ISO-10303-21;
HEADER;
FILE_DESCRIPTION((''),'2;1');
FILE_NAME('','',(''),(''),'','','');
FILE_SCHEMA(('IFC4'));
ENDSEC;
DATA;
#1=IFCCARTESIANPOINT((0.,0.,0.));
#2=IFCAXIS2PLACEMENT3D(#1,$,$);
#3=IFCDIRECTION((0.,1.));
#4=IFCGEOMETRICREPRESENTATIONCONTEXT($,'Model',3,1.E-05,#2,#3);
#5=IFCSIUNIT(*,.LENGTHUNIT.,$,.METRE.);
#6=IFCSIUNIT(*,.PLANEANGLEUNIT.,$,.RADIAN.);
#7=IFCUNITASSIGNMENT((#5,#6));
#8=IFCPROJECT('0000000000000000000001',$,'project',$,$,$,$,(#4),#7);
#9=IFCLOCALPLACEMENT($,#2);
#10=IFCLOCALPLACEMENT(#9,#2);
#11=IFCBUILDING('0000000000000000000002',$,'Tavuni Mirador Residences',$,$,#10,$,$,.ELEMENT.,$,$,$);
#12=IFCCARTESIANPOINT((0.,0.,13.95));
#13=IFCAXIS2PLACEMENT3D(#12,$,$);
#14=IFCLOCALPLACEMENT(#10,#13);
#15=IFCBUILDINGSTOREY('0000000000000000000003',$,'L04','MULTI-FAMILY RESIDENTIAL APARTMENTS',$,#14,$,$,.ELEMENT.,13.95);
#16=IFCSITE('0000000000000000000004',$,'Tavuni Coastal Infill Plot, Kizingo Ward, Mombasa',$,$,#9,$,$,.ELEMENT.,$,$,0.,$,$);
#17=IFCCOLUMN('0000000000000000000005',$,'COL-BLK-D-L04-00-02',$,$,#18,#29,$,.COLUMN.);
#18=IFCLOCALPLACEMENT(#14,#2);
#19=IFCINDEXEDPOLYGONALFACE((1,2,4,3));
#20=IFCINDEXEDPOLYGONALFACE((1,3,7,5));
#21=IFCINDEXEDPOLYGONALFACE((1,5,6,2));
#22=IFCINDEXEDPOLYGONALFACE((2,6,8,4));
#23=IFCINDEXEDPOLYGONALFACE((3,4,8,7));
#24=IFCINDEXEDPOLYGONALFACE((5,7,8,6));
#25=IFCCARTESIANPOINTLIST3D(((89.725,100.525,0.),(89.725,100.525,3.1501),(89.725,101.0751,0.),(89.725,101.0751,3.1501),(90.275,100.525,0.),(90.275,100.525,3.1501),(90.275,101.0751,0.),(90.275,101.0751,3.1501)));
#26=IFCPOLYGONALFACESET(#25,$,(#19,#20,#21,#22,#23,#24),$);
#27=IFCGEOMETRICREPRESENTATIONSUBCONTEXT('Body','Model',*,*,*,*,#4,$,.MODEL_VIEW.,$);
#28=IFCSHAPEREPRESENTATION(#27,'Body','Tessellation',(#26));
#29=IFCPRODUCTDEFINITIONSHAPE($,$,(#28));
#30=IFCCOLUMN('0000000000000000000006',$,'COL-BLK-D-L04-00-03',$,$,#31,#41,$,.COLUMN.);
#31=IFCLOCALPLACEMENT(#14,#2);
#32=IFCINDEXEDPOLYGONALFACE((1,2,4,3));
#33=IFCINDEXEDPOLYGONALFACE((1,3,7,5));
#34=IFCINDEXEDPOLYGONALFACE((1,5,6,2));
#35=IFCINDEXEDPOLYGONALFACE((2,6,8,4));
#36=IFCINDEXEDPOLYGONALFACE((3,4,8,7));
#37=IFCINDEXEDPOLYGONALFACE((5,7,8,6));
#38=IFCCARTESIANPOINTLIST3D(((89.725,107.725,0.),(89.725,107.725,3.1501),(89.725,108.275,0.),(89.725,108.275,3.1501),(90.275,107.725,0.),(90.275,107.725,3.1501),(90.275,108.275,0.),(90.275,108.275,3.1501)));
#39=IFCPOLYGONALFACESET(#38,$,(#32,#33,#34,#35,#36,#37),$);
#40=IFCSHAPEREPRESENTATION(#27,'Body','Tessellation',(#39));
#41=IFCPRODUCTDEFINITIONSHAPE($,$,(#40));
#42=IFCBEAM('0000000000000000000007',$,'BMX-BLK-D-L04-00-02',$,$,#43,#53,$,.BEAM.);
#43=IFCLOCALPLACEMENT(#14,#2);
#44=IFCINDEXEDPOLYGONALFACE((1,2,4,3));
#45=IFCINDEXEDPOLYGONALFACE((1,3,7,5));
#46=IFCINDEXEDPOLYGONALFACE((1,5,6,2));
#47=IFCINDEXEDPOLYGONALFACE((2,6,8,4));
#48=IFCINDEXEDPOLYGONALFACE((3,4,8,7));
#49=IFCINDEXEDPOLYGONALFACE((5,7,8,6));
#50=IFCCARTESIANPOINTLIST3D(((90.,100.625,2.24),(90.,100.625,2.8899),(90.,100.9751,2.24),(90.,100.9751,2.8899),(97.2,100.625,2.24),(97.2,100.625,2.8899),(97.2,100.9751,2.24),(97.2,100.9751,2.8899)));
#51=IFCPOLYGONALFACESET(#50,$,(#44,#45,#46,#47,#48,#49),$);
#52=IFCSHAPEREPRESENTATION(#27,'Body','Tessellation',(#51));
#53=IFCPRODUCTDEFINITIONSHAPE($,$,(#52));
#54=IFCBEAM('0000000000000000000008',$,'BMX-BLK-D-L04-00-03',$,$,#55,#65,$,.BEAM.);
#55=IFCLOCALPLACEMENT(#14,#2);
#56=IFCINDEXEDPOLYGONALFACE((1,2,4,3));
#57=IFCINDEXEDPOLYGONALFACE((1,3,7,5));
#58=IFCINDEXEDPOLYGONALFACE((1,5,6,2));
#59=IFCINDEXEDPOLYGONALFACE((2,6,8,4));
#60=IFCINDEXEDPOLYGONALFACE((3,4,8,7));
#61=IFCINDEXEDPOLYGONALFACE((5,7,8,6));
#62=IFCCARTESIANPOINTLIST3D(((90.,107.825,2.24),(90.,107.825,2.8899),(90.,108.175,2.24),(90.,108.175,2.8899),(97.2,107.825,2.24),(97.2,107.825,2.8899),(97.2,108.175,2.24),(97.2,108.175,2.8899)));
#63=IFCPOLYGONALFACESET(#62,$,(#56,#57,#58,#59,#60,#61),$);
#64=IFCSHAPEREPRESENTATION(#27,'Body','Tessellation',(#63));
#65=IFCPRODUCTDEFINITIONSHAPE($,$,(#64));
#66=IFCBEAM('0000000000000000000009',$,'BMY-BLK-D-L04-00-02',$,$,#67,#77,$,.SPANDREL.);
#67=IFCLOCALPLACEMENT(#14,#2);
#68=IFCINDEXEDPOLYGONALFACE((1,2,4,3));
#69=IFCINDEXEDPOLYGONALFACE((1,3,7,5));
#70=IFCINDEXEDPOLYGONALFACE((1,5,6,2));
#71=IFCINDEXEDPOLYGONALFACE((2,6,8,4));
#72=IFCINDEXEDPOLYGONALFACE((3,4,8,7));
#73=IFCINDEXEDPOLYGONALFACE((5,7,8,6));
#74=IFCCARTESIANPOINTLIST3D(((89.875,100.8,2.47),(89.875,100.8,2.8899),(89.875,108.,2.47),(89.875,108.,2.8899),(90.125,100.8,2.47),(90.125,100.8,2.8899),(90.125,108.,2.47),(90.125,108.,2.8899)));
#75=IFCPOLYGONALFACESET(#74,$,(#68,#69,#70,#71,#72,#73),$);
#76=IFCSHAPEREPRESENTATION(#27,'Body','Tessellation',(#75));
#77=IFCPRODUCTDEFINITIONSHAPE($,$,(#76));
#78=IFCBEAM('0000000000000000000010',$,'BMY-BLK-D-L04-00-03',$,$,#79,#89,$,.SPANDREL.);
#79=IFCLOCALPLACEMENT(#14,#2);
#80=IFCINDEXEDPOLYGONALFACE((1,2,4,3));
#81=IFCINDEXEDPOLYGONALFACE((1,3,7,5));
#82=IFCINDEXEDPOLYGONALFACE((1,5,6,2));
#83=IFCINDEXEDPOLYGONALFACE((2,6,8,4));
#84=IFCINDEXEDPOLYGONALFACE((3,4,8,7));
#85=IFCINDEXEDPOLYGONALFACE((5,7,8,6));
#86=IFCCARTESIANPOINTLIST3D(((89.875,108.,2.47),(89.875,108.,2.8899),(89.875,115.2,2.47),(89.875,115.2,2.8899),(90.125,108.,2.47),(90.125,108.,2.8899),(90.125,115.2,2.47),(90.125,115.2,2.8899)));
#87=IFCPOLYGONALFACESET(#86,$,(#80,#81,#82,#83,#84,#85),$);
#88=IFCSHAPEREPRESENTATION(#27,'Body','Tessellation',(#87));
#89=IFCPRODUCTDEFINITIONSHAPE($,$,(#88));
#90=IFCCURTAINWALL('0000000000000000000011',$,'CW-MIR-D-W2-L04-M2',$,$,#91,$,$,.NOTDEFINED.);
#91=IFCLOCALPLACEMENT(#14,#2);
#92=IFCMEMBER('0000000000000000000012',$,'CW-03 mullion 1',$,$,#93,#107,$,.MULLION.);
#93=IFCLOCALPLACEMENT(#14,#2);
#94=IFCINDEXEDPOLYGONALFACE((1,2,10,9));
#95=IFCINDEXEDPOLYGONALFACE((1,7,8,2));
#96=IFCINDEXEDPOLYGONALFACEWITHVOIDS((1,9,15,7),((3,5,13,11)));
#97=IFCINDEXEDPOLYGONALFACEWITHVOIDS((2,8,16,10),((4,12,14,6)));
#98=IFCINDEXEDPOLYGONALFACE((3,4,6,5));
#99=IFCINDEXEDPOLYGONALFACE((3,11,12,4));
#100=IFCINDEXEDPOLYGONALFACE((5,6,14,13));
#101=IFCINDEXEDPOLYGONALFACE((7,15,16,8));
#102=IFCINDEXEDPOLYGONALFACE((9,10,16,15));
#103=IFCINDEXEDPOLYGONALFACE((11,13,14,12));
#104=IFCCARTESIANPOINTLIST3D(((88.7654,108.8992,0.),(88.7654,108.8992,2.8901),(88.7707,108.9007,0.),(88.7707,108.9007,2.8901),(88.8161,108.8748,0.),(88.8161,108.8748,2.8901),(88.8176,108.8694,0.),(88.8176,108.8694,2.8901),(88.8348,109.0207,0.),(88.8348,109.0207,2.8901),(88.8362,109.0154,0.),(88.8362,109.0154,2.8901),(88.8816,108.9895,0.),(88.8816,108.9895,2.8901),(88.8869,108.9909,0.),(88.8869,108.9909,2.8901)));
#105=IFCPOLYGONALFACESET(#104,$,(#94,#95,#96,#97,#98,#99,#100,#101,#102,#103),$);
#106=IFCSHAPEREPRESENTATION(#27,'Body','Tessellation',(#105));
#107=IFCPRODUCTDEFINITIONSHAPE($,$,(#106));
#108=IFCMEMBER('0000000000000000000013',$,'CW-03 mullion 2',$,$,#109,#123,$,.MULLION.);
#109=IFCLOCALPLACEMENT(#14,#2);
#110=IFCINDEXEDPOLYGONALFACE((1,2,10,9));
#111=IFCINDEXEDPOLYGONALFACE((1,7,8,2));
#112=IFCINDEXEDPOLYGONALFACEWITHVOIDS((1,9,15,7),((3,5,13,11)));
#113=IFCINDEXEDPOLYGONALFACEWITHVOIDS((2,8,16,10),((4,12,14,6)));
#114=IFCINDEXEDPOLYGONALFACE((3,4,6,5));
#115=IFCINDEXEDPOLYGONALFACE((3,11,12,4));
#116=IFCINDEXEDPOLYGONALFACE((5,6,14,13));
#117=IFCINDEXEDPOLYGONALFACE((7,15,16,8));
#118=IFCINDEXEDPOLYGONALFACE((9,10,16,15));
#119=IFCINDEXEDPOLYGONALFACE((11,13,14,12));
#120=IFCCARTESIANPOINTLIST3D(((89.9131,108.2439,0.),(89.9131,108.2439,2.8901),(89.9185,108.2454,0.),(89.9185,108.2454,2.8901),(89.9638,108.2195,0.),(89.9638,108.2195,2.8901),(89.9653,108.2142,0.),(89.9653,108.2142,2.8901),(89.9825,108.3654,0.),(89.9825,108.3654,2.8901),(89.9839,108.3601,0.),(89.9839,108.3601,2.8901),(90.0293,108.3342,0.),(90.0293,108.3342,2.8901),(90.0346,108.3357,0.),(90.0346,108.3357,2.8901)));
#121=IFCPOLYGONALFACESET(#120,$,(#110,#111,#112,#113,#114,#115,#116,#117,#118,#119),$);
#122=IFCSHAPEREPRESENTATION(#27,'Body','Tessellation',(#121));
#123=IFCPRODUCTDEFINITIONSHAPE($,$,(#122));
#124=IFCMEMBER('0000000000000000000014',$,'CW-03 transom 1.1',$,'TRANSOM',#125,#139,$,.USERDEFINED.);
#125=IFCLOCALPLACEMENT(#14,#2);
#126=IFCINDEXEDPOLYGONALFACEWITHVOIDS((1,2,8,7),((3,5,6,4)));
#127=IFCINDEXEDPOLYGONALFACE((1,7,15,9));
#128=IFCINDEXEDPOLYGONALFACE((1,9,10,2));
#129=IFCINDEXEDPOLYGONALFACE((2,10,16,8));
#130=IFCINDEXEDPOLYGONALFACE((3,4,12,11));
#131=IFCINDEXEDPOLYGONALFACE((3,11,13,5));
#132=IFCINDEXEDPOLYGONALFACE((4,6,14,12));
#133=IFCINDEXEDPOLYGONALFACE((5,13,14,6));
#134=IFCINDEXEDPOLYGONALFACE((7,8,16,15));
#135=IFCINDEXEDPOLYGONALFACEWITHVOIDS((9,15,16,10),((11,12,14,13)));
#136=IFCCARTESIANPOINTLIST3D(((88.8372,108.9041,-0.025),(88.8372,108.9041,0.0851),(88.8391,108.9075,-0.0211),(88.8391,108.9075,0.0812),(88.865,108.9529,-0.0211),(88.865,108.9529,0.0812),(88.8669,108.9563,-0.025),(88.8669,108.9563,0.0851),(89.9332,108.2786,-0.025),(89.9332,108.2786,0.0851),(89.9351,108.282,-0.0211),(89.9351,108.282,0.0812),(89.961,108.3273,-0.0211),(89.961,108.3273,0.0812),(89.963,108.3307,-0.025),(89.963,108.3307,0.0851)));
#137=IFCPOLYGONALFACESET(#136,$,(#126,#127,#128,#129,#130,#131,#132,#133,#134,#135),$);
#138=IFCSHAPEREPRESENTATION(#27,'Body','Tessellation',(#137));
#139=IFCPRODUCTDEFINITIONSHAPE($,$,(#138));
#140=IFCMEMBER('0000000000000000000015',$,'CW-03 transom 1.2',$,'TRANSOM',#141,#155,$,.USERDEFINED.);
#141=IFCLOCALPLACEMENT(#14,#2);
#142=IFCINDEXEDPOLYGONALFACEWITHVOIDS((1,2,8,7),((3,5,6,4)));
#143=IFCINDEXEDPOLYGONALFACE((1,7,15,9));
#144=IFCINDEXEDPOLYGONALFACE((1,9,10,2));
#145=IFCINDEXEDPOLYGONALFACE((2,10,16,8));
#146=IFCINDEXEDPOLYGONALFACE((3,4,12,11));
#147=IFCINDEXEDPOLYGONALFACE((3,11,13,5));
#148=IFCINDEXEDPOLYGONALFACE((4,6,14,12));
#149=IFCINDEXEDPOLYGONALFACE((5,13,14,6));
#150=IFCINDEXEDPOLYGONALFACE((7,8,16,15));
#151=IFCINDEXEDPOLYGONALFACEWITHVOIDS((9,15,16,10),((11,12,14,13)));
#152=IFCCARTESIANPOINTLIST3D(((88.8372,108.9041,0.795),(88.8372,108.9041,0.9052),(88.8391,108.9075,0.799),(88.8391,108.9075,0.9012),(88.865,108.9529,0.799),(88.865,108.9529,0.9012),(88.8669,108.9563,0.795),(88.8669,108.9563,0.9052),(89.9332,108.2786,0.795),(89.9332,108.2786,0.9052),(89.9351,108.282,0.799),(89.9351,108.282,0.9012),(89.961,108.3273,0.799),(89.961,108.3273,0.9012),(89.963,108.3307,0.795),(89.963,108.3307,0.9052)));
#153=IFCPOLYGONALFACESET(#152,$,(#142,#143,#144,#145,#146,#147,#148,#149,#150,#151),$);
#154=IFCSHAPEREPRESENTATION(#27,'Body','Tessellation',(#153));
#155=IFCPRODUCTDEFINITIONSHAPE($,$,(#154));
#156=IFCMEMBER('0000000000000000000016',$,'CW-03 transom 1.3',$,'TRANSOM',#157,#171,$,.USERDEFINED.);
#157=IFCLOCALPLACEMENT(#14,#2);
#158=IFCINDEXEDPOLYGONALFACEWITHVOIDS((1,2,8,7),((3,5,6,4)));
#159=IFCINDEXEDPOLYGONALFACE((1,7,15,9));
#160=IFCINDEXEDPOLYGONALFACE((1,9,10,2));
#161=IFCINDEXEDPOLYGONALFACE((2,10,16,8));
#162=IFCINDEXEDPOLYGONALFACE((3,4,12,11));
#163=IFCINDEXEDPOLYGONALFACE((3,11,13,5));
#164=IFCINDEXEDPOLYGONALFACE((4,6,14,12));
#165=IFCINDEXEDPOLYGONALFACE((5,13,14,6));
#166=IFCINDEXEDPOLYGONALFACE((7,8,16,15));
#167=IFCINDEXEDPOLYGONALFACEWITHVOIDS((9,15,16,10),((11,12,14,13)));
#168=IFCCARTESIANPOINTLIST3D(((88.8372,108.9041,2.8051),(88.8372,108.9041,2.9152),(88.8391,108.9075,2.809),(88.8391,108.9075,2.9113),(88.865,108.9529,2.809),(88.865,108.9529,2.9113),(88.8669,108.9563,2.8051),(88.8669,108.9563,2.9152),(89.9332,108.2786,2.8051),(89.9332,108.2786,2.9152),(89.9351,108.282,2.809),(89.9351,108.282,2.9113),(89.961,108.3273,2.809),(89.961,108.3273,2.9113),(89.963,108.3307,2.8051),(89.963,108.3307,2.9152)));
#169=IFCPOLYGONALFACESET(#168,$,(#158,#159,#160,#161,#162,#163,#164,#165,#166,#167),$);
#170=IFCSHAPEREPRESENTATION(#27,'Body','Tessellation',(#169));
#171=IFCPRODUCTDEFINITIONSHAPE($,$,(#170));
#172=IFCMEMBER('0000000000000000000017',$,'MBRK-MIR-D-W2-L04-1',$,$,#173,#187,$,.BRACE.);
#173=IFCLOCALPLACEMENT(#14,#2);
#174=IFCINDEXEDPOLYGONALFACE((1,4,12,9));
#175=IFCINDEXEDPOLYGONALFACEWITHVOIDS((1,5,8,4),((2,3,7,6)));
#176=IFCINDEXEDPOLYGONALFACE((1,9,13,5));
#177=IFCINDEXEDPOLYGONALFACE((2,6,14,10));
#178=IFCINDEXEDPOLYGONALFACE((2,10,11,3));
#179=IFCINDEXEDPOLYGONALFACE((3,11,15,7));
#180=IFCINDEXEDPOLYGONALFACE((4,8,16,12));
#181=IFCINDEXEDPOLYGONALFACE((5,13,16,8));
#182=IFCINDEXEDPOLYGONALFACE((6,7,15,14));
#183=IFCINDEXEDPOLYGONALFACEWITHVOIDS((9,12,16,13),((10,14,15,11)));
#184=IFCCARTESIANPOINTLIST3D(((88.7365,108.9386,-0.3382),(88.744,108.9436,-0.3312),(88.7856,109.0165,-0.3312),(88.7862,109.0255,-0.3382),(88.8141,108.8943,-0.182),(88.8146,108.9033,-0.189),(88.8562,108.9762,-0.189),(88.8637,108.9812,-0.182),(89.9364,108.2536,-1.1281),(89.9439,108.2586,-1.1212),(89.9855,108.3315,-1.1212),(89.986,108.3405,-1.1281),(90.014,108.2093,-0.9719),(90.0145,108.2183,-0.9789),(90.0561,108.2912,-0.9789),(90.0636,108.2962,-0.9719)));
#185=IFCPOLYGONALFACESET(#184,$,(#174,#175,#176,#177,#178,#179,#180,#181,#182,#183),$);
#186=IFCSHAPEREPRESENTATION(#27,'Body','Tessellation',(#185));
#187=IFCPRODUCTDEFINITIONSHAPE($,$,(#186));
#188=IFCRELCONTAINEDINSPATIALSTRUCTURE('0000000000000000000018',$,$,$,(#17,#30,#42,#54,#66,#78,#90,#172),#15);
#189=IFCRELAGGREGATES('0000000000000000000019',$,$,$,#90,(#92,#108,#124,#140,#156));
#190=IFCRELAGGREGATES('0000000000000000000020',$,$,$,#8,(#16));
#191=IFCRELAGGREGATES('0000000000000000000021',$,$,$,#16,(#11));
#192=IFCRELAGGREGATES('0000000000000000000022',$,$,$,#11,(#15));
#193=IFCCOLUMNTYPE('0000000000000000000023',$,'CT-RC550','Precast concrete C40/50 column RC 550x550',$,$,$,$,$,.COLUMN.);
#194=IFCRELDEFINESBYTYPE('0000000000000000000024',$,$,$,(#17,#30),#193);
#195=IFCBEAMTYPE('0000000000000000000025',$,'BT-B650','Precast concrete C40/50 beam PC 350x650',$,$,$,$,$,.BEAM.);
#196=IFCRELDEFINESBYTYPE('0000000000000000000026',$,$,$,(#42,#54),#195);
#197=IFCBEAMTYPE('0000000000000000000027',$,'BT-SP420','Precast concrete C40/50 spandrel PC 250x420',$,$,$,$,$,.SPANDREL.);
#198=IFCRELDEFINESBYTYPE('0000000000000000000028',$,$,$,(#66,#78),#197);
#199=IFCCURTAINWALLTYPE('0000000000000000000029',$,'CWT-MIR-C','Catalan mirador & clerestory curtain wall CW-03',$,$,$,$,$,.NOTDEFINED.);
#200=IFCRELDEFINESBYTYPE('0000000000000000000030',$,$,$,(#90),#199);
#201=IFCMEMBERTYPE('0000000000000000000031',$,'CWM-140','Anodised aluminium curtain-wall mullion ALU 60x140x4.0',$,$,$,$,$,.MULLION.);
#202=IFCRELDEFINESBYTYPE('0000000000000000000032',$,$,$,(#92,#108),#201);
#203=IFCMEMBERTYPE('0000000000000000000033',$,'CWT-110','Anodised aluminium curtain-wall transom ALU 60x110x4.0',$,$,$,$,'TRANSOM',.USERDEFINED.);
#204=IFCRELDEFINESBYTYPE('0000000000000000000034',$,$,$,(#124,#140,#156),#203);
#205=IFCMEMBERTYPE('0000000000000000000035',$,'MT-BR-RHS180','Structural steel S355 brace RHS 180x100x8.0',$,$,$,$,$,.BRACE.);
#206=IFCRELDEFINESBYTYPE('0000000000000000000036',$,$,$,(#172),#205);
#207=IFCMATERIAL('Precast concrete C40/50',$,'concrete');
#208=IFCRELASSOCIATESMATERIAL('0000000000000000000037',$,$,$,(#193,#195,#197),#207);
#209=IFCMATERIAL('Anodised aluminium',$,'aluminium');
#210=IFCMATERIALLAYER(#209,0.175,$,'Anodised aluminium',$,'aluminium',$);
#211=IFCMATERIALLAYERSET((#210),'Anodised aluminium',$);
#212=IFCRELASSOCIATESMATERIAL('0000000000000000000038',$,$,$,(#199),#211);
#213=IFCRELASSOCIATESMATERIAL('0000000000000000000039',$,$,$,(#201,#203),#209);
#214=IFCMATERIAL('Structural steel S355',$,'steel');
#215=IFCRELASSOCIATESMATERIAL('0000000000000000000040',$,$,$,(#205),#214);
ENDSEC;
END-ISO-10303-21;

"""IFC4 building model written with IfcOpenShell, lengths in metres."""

from ifc_helpers import new_model, si_unit, direction, frame, origin, origin_2d, place, context, subcontext, project, spatial, rectangle, hollow_rectangle, extrude, material, layer, layer_set, material_profile, profile_set, type_object, element, aggregate, save


model = new_model("IFC4")

# Units and contexts
model_context = context("Model", 3, precision=1e-05, world=origin(), true_north=direction((0.0, 1.0)))
body_context = subcontext(model_context, "Body", "Model", "MODEL_VIEW")
ifc_project = project(units=[si_unit("LENGTHUNIT", "METRE"), si_unit("PLANEANGLEUNIT", "RADIAN")], contexts=[model_context])

# Site, building, storey
site_placement = place(None, origin())
site = spatial("IfcSite", under=ifc_project, at=site_placement, Name="Tavuni Coastal Infill Plot, Kizingo Ward, Mombasa", CompositionType="ELEMENT", RefElevation=0.0)
building_placement = place(site_placement, origin())
building = spatial("IfcBuilding", under=site, at=building_placement, Name="Tavuni Mirador Residences", CompositionType="ELEMENT")
storey_placement = place(building_placement, frame((0.0, 0.0, 13.95)))
storey = spatial("IfcBuildingStorey", under=building, at=storey_placement, Name="L04", Description="MULTI-FAMILY RESIDENTIAL APARTMENTS", CompositionType="ELEMENT", Elevation=13.95)

# Columns
ifc_material_1 = material(Name="Precast concrete C40/50", Category="concrete")
ifc_material_profile_1 = material_profile(ifc_material_1, rectangle(XDim=0.55, YDim=0.55, at=origin_2d()), Name="RC 550x550", Category="concrete")
ifc_profile_set_1 = profile_set([ifc_material_profile_1], Name="Precast concrete C40/50")
column_type = type_object("IfcColumnType", Name="CT-RC550", Description="Precast concrete C40/50 column RC 550x550", PredefinedType="COLUMN", material=ifc_profile_set_1)
for number, where, z_axis, x_axis, name in (
    (1, (90.0, 100.8, 0.0), (0.0, 0.0, 1.0), (1.0, 0.0, 0.0), "COL-BLK-D-L04-00-02"),
    (2, (90.0, 108.0, 0.0), (0.0, 0.0, 1.0), (1.0, 0.0, 0.0), "COL-BLK-D-L04-00-03"),
):
    element("IfcColumn", number, at=place(storey_placement, frame(where, z_axis=z_axis, x_axis=x_axis)), inside=storey, type_object=column_type, Name=name, PredefinedType="COLUMN", context=body_context, shape_type="SweptSolid", body=[
        extrude(rectangle(XDim=0.55, YDim=0.55, at=origin_2d()), origin(), (0.0, 0.0, 1.0), 3.1501),
    ])

# Beams
ifc_material_profile_2 = material_profile(ifc_material_1, rectangle(XDim=0.3501, YDim=0.6499, at=origin_2d()), Name="PC 350x650", Category="concrete")
ifc_profile_set_2 = profile_set([ifc_material_profile_2], Name="Precast concrete C40/50")
beam_type_1 = type_object("IfcBeamType", Name="BT-B650", Description="Precast concrete C40/50 beam PC 350x650", PredefinedType="BEAM", material=ifc_profile_set_2)
for number, where, z_axis, x_axis, name in (
    (3, (90.0, 100.8, 2.5649), (1.0, 0.0, 0.0), (0.0, 1.0, 0.0), "BMX-BLK-D-L04-00-02"),
    (4, (90.0, 108.0, 2.5649), (1.0, 0.0, 0.0), (0.0, 1.0, 0.0), "BMX-BLK-D-L04-00-03"),
):
    element("IfcBeam", number, at=place(storey_placement, frame(where, z_axis=z_axis, x_axis=x_axis)), inside=storey, type_object=beam_type_1, Name=name, PredefinedType="BEAM", context=body_context, shape_type="SweptSolid", body=[
        extrude(rectangle(XDim=0.3501, YDim=0.6499, at=origin_2d()), origin(), (0.0, 0.0, 1.0), 7.2),
    ])
ifc_material_profile_3 = material_profile(ifc_material_1, rectangle(XDim=0.25, YDim=0.4199, at=origin_2d()), Name="PC 250x420", Category="concrete")
ifc_profile_set_3 = profile_set([ifc_material_profile_3], Name="Precast concrete C40/50")
beam_type_2 = type_object("IfcBeamType", Name="BT-SP420", Description="Precast concrete C40/50 spandrel PC 250x420", PredefinedType="SPANDREL", material=ifc_profile_set_3)
for number, where, z_axis, x_axis, name in (
    (5, (90.0, 100.8, 2.6799), (0.0, 1.0, 0.0), (-1.0, 0.0, 0.0), "BMY-BLK-D-L04-00-02"),
    (6, (90.0, 108.0, 2.6799), (0.0, 1.0, 0.0), (-1.0, 0.0, 0.0), "BMY-BLK-D-L04-00-03"),
):
    element("IfcBeam", number, at=place(storey_placement, frame(where, z_axis=z_axis, x_axis=x_axis)), inside=storey, type_object=beam_type_2, Name=name, PredefinedType="SPANDREL", context=body_context, shape_type="SweptSolid", body=[
        extrude(rectangle(XDim=0.25, YDim=0.4199, at=origin_2d()), origin(), (0.0, 0.0, 1.0), 7.2),
    ])

# Curtain wall, members
ifc_material_2 = material(Name="Anodised aluminium", Category="aluminium")
ifc_layer_1 = layer(ifc_material_2, 0.175, Name="Anodised aluminium", Category="aluminium")
ifc_layer_set_1 = layer_set([ifc_layer_1], Name="Anodised aluminium")
curtain_wall_type = type_object("IfcCurtainWallType", Name="CWT-MIR-C", Description="Catalan mirador & clerestory curtain wall CW-03", PredefinedType="NOTDEFINED", material=ifc_layer_set_1)
curtain_wall_placement = place(storey_placement, origin())
curtain_wall = element("IfcCurtainWall", 7, at=curtain_wall_placement, inside=storey, type_object=curtain_wall_type, Name="CW-MIR-D-W2-L04-M2", PredefinedType="NOTDEFINED")
ifc_material_profile_4 = material_profile(ifc_material_2, hollow_rectangle(XDim=0.0601, YDim=0.1399, WallThickness=0.0039, at=origin_2d()), Name="ALU 60x140x4.0", Category="aluminium")
ifc_profile_set_4 = profile_set([ifc_material_profile_4], Name="Anodised aluminium")
member_type_1 = type_object("IfcMemberType", Name="CWM-140", Description="Anodised aluminium curtain-wall mullion ALU 60x140x4.0", PredefinedType="MULLION", material=ifc_profile_set_4)
member_1_placement = place(storey_placement, frame((88.8262, 108.9451, 0.0), z_axis=(0.0, 0.0, 1.0), x_axis=(0.868466, -0.495749, 0.0)))
member_1 = element("IfcMember", 8, at=member_1_placement, type_object=member_type_1, Name="CW-03 mullion 1", PredefinedType="MULLION", context=body_context, shape_type="SweptSolid", body=[
    extrude(hollow_rectangle(XDim=0.0601, YDim=0.1399, WallThickness=0.0039, at=origin_2d()), origin(), (0.0, 0.0, 1.0), 2.8901),
])
member_2_placement = place(storey_placement, frame((89.9739, 108.2898, 0.0), z_axis=(0.0, 0.0, 1.0), x_axis=(0.868466, -0.495749, 0.0)))
member_2 = element("IfcMember", 9, at=member_2_placement, type_object=member_type_1, Name="CW-03 mullion 2", PredefinedType="MULLION", context=body_context, shape_type="SweptSolid", body=[
    extrude(hollow_rectangle(XDim=0.0601, YDim=0.1399, WallThickness=0.0039, at=origin_2d()), origin(), (0.0, 0.0, 1.0), 2.8901),
])
ifc_material_profile_5 = material_profile(ifc_material_2, hollow_rectangle(XDim=0.0601, YDim=0.1101, WallThickness=0.0039, at=origin_2d()), Name="ALU 60x110x4.0", Category="aluminium")
ifc_profile_set_5 = profile_set([ifc_material_profile_5], Name="Anodised aluminium")
member_type_2 = type_object("IfcMemberType", Name="CWT-110", Description="Anodised aluminium curtain-wall transom ALU 60x110x4.0", ElementType="TRANSOM", PredefinedType="USERDEFINED", material=ifc_profile_set_5)
member_3_placement = place(storey_placement, frame((88.8521, 108.9302, 0.03), z_axis=(0.868505, -0.49568, 0.0), x_axis=(0.49568, 0.868505, 0.0)))
member_3 = element("IfcMember", 10, at=member_3_placement, type_object=member_type_2, Name="CW-03 transom 1.1", ObjectType="TRANSOM", PredefinedType="USERDEFINED", context=body_context, shape_type="SweptSolid", body=[
    extrude(hollow_rectangle(XDim=0.0601, YDim=0.1101, WallThickness=0.0039, at=origin_2d()), origin(), (0.0, 0.0, 1.0), 1.262),
])
member_4_placement = place(storey_placement, frame((88.8521, 108.9302, 0.8501), z_axis=(0.868505, -0.49568, 0.0), x_axis=(0.49568, 0.868505, 0.0)))
member_4 = element("IfcMember", 11, at=member_4_placement, type_object=member_type_2, Name="CW-03 transom 1.2", ObjectType="TRANSOM", PredefinedType="USERDEFINED", context=body_context, shape_type="SweptSolid", body=[
    extrude(hollow_rectangle(XDim=0.0601, YDim=0.1101, WallThickness=0.0039, at=origin_2d()), origin(), (0.0, 0.0, 1.0), 1.262),
])
member_5_placement = place(storey_placement, frame((88.8521, 108.9302, 2.8601), z_axis=(0.868505, -0.49568, 0.0), x_axis=(0.49568, 0.868505, 0.0)))
member_5 = element("IfcMember", 12, at=member_5_placement, type_object=member_type_2, Name="CW-03 transom 1.3", ObjectType="TRANSOM", PredefinedType="USERDEFINED", context=body_context, shape_type="SweptSolid", body=[
    extrude(hollow_rectangle(XDim=0.0601, YDim=0.1101, WallThickness=0.0039, at=origin_2d()), origin(), (0.0, 0.0, 1.0), 1.262),
])

# Member
ifc_material_3 = material(Name="Structural steel S355", Category="steel")
ifc_material_profile_6 = material_profile(ifc_material_3, hollow_rectangle(XDim=0.1001, YDim=0.1799, WallThickness=0.0081, at=origin_2d()), Name="RHS 180x100x8.0", Category="steel")
ifc_profile_set_6 = profile_set([ifc_material_profile_6], Name="Structural steel S355")
member_type_3 = type_object("IfcMemberType", Name="MT-BR-RHS180", Description="Structural steel S355 brace RHS 180x100x8.0", PredefinedType="BRACE", material=ifc_profile_set_6)
member_6_placement = place(storey_placement, frame((90.0, 108.2749, -1.05), z_axis=(-0.753904, 0.430408, 0.496365), x_axis=(-0.495796, -0.868439, 0.0)))
element("IfcMember", 13, at=member_6_placement, inside=storey, type_object=member_type_3, Name="MBRK-MIR-D-W2-L04-1", PredefinedType="BRACE", context=body_context, shape_type="SweptSolid", body=[
    extrude(hollow_rectangle(XDim=0.1001, YDim=0.1799, WallThickness=0.0081, at=origin_2d()), origin(), (0.0, 0.0, 1.0), 1.5916),
])

aggregate(curtain_wall, [member_1, member_2, member_3, member_4, member_5])

save(model, "model.ifc")
